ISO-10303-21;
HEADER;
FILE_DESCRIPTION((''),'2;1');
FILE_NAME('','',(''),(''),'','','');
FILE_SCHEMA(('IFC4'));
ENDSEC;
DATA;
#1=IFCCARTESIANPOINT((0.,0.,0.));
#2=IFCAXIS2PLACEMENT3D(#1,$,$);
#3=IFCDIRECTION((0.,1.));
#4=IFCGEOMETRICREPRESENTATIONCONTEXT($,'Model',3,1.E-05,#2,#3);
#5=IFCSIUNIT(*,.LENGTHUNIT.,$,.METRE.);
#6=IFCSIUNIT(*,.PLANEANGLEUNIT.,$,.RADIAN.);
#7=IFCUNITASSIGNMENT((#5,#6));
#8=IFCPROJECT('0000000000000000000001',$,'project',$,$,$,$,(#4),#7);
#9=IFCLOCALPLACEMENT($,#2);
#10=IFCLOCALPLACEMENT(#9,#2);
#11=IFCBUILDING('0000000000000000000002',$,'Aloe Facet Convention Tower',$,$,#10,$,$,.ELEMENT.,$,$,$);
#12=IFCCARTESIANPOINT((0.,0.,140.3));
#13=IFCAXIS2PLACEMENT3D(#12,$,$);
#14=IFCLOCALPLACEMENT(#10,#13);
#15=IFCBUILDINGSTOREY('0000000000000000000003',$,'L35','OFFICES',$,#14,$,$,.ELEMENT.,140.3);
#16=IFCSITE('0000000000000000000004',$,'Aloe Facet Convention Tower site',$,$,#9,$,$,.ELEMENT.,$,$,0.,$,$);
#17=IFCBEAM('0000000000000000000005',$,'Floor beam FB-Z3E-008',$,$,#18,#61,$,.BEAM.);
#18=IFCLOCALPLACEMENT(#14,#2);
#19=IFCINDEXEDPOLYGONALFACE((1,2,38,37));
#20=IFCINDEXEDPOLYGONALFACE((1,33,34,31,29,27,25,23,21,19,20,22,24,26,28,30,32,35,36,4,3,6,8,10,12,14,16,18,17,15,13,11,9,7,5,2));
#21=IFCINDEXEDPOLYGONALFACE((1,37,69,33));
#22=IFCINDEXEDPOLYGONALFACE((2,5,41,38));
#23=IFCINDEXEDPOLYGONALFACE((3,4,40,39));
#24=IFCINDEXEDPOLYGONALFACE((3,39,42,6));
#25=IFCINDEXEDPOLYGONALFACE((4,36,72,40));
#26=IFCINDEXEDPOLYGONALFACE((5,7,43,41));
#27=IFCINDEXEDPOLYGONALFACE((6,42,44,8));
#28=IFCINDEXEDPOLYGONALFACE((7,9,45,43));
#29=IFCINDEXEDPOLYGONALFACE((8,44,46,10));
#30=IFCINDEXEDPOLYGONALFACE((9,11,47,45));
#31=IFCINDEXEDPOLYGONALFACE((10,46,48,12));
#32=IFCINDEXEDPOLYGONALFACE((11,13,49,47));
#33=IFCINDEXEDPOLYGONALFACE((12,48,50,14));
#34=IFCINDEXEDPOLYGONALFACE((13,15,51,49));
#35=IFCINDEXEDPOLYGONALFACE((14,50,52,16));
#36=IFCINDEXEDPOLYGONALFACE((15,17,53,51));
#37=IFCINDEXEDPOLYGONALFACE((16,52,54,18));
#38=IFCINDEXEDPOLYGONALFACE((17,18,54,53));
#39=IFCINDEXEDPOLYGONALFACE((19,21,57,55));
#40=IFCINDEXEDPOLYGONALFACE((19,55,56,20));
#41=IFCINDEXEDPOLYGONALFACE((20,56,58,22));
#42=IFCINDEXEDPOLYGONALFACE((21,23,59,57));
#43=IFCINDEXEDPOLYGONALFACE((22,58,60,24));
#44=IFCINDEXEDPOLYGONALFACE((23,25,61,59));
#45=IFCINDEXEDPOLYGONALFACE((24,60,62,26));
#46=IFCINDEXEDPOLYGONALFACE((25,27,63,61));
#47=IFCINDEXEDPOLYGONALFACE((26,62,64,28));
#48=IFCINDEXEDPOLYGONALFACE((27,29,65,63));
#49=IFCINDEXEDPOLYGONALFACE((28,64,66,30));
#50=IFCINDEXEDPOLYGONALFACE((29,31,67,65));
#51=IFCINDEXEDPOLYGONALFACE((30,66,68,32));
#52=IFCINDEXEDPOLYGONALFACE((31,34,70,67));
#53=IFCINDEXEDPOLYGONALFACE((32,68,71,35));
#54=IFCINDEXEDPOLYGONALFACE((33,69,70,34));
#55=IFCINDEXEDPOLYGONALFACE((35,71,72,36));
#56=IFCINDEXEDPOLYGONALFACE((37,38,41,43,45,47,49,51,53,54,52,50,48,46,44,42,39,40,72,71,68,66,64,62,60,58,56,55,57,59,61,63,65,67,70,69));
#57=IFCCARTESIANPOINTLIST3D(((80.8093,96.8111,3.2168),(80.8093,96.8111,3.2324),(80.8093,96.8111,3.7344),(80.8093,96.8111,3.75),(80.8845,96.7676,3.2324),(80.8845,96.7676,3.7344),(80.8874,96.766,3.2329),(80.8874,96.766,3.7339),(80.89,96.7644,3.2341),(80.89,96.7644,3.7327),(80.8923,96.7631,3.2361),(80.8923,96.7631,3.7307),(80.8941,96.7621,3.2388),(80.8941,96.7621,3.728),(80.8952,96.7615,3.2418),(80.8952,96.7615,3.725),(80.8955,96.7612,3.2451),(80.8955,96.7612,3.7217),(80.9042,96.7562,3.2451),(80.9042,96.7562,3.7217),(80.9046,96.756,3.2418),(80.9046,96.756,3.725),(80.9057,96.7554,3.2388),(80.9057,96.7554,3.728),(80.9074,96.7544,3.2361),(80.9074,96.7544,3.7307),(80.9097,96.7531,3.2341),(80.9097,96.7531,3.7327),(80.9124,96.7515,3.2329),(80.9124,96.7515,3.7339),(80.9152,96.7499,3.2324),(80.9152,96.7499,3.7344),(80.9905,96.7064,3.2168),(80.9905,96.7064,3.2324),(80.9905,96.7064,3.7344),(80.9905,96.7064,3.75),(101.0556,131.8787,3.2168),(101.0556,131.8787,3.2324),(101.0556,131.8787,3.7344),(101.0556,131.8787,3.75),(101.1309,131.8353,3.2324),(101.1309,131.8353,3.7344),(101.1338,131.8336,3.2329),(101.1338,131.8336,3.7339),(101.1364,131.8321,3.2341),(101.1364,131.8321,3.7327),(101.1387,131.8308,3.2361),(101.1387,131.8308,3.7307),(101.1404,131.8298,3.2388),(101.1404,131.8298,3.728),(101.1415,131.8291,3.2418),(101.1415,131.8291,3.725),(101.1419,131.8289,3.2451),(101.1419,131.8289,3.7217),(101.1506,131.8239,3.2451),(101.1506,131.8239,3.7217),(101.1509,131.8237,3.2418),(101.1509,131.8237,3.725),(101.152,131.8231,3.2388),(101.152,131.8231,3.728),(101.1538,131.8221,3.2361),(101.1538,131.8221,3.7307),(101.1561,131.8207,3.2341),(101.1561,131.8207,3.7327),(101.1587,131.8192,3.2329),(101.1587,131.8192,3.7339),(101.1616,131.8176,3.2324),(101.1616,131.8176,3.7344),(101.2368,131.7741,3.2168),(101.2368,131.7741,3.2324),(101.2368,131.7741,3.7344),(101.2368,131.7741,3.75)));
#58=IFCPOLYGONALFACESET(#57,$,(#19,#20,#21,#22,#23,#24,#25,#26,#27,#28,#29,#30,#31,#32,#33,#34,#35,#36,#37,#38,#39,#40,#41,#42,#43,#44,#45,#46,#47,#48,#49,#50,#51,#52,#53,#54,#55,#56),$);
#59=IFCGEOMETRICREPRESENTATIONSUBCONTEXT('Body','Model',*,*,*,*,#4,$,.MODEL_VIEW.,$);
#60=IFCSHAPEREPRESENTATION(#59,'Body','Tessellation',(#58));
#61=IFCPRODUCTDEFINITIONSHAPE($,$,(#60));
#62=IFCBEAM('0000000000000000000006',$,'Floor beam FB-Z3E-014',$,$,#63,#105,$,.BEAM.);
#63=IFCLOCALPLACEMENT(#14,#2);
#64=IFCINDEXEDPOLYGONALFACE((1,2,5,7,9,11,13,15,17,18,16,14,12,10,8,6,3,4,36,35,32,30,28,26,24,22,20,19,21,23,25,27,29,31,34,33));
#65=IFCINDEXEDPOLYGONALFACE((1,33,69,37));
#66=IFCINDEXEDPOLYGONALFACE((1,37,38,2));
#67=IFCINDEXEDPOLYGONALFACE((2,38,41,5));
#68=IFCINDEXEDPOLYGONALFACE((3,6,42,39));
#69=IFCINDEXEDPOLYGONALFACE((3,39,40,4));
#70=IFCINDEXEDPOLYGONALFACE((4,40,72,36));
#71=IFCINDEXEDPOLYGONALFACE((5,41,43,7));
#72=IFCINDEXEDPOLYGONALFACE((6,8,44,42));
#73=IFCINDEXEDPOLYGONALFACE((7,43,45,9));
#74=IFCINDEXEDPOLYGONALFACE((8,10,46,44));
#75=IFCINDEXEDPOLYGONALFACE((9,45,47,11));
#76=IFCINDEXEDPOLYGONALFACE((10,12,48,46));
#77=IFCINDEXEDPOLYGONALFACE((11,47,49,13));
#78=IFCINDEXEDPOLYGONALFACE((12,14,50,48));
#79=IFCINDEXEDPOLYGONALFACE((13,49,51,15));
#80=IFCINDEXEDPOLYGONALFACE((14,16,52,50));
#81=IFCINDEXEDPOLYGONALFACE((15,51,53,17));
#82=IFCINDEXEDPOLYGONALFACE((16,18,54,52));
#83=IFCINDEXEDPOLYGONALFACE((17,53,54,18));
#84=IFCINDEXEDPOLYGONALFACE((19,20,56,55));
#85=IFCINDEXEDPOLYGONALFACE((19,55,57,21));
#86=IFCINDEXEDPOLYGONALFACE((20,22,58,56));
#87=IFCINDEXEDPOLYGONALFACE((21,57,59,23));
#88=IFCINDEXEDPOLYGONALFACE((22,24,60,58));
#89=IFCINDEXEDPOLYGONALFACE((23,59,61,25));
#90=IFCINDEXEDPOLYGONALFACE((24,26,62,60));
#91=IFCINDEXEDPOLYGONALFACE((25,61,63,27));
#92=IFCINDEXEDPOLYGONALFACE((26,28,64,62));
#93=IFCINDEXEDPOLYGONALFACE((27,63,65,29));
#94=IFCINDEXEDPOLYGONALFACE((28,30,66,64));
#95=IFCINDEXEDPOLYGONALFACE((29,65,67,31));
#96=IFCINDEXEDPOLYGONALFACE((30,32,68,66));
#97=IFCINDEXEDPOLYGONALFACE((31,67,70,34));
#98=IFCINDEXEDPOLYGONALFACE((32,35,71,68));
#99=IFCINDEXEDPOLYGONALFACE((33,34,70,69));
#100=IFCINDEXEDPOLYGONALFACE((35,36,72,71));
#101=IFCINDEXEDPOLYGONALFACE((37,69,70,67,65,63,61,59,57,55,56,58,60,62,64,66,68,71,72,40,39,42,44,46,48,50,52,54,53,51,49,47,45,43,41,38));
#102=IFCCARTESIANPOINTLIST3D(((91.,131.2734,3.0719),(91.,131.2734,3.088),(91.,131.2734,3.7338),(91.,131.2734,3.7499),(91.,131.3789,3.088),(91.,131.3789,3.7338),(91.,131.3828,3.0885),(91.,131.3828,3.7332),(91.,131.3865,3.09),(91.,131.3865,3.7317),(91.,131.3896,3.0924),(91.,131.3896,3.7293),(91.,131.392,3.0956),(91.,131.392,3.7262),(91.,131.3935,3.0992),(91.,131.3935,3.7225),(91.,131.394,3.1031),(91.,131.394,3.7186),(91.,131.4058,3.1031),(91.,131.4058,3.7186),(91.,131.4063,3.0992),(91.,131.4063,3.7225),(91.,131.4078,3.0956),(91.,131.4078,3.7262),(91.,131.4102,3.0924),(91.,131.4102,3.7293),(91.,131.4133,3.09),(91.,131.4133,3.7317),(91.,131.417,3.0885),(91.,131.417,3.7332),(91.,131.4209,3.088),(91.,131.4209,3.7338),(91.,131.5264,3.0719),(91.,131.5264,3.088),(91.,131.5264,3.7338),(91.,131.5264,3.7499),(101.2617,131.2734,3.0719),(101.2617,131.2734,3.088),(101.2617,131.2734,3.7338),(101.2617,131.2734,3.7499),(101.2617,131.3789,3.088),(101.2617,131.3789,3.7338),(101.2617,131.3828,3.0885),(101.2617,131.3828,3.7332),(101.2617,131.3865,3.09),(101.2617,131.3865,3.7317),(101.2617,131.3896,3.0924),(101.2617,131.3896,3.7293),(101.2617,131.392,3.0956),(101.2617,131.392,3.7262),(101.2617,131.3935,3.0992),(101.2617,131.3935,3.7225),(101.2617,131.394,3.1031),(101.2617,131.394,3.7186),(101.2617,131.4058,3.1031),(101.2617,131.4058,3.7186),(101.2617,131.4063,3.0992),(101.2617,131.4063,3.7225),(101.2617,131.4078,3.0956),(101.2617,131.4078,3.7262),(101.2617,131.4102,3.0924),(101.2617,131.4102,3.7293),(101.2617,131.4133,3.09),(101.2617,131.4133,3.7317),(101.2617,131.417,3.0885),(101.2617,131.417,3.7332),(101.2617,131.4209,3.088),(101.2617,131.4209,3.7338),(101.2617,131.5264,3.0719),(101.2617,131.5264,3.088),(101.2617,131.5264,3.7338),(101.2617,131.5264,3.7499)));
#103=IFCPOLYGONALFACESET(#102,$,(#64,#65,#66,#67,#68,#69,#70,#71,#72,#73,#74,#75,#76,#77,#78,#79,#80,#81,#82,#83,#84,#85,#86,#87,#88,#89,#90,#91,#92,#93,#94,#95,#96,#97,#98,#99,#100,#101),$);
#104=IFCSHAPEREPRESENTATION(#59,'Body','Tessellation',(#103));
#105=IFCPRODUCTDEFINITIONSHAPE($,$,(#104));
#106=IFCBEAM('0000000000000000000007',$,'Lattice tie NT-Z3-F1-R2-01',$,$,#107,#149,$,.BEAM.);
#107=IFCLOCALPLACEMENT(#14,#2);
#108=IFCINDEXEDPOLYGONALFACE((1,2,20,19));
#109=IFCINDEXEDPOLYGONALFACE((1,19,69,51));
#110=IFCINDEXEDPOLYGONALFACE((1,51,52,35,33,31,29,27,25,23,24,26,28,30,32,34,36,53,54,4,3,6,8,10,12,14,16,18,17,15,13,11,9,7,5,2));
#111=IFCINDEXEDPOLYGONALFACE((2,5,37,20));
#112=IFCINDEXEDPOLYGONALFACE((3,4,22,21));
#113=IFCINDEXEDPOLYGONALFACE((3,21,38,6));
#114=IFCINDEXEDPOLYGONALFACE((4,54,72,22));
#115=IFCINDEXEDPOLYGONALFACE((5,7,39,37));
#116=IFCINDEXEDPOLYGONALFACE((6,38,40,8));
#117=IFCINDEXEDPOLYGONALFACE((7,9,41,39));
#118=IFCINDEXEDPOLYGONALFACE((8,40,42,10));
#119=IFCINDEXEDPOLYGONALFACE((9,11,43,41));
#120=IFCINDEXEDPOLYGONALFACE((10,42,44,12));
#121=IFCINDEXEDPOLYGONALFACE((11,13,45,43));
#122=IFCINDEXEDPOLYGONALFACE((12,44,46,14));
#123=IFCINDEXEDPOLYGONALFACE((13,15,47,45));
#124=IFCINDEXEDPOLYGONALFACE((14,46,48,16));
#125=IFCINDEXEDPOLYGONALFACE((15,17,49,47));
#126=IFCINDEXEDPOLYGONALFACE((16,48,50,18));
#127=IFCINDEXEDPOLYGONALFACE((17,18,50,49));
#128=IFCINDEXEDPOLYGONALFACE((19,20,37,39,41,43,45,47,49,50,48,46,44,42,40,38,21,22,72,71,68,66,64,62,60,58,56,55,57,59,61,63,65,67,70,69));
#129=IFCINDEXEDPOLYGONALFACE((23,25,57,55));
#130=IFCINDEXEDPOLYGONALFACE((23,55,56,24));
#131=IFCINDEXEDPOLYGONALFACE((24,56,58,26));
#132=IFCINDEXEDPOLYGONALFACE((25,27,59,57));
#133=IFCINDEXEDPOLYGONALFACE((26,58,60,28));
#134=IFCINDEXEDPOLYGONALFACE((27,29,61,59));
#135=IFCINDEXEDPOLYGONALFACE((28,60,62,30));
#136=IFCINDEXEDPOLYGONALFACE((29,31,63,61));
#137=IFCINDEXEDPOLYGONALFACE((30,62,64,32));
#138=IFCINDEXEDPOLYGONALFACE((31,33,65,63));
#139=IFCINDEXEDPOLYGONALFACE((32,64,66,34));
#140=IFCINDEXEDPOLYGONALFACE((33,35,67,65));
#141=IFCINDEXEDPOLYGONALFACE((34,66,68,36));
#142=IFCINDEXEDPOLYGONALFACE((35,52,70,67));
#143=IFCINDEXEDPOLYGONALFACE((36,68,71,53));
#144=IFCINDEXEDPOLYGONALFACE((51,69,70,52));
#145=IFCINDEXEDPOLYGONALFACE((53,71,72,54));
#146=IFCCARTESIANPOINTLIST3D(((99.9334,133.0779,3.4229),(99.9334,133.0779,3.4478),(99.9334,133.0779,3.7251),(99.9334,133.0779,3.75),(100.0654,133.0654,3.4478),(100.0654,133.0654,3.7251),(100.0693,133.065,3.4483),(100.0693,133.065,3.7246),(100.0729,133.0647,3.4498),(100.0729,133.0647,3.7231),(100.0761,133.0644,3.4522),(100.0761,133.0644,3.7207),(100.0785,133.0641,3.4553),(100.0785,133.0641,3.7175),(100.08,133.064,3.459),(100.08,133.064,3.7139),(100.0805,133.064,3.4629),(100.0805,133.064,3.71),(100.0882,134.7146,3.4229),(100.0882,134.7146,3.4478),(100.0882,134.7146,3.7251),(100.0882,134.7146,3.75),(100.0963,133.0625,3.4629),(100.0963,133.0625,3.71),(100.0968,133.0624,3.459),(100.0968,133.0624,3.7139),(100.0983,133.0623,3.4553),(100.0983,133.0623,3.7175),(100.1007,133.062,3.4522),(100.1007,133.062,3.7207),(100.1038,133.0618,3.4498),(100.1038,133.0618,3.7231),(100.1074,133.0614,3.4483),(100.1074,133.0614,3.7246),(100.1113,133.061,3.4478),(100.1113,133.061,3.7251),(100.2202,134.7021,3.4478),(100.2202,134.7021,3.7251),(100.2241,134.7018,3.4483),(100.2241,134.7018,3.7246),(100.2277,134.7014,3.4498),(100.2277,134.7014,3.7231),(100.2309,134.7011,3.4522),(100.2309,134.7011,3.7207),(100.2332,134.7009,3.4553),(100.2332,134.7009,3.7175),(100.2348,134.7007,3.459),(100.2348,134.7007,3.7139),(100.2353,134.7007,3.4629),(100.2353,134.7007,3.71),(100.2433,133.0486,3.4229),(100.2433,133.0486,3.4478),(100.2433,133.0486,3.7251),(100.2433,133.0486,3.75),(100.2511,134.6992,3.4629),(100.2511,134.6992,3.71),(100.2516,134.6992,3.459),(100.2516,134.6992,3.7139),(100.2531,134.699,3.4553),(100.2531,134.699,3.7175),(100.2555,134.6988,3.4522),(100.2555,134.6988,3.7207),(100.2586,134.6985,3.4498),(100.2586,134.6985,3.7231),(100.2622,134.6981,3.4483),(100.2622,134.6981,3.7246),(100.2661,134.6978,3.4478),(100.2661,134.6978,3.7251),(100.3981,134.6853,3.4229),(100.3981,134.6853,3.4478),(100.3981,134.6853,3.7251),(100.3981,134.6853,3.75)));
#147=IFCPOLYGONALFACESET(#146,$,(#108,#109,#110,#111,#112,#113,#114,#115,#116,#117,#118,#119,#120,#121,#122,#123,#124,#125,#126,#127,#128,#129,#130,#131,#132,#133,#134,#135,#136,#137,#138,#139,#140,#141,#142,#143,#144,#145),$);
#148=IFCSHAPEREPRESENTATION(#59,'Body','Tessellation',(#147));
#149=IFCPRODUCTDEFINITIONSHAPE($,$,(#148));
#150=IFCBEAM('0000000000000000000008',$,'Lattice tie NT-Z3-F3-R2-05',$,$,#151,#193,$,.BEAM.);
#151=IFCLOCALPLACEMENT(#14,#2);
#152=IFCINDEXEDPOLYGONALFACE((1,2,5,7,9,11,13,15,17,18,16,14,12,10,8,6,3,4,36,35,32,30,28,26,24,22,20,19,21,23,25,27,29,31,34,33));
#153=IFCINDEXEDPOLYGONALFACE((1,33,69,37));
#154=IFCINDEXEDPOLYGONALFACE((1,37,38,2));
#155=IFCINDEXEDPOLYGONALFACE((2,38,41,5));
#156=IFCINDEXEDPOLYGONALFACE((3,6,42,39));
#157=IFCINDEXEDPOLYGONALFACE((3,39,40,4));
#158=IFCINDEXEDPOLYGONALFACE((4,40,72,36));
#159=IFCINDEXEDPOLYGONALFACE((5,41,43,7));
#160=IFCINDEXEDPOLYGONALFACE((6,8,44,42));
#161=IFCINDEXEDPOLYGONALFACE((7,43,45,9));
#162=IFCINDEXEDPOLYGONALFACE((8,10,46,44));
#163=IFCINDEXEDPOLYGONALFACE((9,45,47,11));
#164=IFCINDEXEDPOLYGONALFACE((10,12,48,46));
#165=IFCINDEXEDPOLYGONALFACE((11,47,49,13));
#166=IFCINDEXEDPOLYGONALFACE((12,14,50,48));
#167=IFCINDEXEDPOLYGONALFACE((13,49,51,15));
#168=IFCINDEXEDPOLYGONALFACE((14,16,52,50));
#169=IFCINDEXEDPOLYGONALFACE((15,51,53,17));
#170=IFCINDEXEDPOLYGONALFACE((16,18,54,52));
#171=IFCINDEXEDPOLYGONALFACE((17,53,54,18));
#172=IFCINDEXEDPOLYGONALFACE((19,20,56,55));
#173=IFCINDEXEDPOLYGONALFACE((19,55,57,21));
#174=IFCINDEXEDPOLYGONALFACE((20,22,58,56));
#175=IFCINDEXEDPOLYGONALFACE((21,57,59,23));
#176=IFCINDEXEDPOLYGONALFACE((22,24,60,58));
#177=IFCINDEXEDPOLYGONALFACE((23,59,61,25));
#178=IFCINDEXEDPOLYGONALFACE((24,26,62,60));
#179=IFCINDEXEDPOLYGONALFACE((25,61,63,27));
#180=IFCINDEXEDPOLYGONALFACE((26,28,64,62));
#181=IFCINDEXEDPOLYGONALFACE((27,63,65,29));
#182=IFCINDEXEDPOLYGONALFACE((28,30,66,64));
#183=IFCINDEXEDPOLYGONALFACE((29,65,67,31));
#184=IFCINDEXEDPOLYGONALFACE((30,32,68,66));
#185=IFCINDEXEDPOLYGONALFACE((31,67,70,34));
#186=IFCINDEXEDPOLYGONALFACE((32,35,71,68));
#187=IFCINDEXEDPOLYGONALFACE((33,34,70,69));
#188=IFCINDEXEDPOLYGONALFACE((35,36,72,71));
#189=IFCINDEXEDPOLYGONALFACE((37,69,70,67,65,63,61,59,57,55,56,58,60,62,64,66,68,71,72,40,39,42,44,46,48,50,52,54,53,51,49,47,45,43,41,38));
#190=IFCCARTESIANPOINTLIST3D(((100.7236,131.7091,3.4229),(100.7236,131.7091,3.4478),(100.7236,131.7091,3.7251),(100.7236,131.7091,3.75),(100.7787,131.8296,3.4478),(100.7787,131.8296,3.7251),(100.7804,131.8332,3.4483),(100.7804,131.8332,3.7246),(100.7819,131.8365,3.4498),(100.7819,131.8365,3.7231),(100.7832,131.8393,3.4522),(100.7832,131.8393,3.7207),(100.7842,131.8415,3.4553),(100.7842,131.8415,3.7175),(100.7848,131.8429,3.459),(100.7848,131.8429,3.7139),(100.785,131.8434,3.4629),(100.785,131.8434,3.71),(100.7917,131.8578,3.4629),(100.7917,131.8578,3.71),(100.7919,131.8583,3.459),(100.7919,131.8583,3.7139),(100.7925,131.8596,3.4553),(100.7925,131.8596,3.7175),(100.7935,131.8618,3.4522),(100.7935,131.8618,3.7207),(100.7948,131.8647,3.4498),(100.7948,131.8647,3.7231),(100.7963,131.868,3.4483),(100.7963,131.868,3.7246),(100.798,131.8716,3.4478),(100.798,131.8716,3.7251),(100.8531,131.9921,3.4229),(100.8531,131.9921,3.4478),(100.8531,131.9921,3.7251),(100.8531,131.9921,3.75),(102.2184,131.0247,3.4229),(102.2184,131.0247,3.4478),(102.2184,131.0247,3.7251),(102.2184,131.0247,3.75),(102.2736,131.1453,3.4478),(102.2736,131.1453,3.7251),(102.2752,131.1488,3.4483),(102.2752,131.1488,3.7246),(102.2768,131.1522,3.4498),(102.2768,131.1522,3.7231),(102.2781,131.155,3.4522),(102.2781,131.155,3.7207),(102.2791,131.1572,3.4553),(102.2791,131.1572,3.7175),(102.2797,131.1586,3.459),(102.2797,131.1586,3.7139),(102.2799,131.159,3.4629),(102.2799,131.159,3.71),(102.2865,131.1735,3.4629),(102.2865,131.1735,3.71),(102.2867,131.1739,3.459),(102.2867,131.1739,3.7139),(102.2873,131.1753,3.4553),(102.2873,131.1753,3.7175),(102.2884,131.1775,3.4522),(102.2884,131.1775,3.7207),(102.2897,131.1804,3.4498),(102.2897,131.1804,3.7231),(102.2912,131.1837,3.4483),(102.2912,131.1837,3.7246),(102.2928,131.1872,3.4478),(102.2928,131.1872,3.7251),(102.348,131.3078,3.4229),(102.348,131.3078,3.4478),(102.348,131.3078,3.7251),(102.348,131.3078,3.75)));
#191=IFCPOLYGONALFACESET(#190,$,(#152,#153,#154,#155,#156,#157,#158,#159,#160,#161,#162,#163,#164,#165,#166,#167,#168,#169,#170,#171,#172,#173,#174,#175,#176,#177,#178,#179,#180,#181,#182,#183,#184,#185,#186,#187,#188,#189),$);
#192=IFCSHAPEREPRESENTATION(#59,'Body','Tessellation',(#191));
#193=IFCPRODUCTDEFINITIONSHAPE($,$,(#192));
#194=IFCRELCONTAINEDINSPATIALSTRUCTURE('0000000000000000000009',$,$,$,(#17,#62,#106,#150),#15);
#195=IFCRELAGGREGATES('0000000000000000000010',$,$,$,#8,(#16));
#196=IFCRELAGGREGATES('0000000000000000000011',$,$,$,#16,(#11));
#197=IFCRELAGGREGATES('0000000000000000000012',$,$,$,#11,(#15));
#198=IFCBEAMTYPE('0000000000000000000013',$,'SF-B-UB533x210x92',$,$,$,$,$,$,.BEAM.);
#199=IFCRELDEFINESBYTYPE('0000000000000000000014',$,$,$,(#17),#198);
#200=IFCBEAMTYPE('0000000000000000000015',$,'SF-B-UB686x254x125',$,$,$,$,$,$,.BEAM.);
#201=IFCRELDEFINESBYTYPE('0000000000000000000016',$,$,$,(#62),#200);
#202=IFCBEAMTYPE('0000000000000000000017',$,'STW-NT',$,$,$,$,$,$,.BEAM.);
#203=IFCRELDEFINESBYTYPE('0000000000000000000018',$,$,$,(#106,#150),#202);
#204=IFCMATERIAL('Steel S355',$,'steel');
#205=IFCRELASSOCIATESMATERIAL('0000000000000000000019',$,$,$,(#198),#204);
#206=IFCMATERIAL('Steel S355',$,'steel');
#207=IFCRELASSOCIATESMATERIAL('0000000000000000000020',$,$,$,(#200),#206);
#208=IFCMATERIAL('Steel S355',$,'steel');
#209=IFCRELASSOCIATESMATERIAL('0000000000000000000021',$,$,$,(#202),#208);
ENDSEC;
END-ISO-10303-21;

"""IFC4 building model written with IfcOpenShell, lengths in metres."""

from ifc_helpers import new_model, si_unit, direction, frame, origin, origin_2d, place, context, subcontext, project, spatial, i_section, extrude, material, material_profile, profile_set, type_object, element, save


model = new_model("IFC4")

# Units and contexts
model_context = context("Model", 3, precision=1e-05, world=origin(), true_north=direction((0.0, 1.0)))
body_context = subcontext(model_context, "Body", "Model", "MODEL_VIEW")
ifc_project = project(units=[si_unit("LENGTHUNIT", "METRE"), si_unit("PLANEANGLEUNIT", "RADIAN")], contexts=[model_context])

# Site, building, storey
site_placement = place(None, origin())
site = spatial("IfcSite", under=ifc_project, at=site_placement, Name="Aloe Facet Convention Tower site", CompositionType="ELEMENT", RefElevation=0.0)
building_placement = place(site_placement, origin())
building = spatial("IfcBuilding", under=site, at=building_placement, Name="Aloe Facet Convention Tower", CompositionType="ELEMENT")
storey_placement = place(building_placement, frame((0.0, 0.0, 140.3)))
storey = spatial("IfcBuildingStorey", under=building, at=storey_placement, Name="L35", Description="OFFICES", CompositionType="ELEMENT", Elevation=140.3)

# Beams
ifc_material_1 = material(Name="Steel S355", Category="steel")
ifc_material_profile_1 = material_profile(ifc_material_1, i_section(OverallWidth=0.2092, OverallDepth=0.5332, WebThickness=0.01, FlangeThickness=0.0156, FilletRadius=0.0127, at=origin_2d()), Name="UB 533x210x92")
ifc_profile_set_1 = profile_set([ifc_material_profile_1], Name="Steel S355")
beam_type_1 = type_object("IfcBeamType", Name="SF-B-UB533x210x92", PredefinedType="BEAM", material=ifc_profile_set_1)
beam_1_placement = place(storey_placement, frame((101.1462, 131.8264, 3.4834), z_axis=(-0.500001, -0.866025, 0.0), x_axis=(0.866025, -0.500001, 0.0)))
element("IfcBeam", 1, at=beam_1_placement, inside=storey, type_object=beam_type_1, Name="Floor beam FB-Z3E-008", PredefinedType="BEAM", context=body_context, shape_type="SweptSolid", body=[
    extrude(i_section(OverallWidth=0.2092, OverallDepth=0.5332, WebThickness=0.01, FlangeThickness=0.0156, FilletRadius=0.0127, at=origin_2d()), origin(), (0.0, 0.0, 1.0), 40.4927),
])
ifc_material_2 = material(Name="Steel S355", Category="steel")
ifc_material_profile_2 = material_profile(ifc_material_2, i_section(OverallWidth=0.2529, OverallDepth=0.678, WebThickness=0.0117, FlangeThickness=0.0161, FilletRadius=0.0151, at=origin_2d()), Name="UB 686x254x125")
ifc_profile_set_2 = profile_set([ifc_material_profile_2], Name="Steel S355")
beam_type_2 = type_object("IfcBeamType", Name="SF-B-UB686x254x125", PredefinedType="BEAM", material=ifc_profile_set_2)
beam_2_placement = place(storey_placement, frame((91.0, 131.3999, 3.4109), z_axis=(1.0, 0.0, 0.0), x_axis=(0.0, 1.0, 0.0)))
element("IfcBeam", 2, at=beam_2_placement, inside=storey, type_object=beam_type_2, Name="Floor beam FB-Z3E-014", PredefinedType="BEAM", context=body_context, shape_type="SweptSolid", body=[
    extrude(i_section(OverallWidth=0.2529, OverallDepth=0.678, WebThickness=0.0117, FlangeThickness=0.0161, FilletRadius=0.0151, at=origin_2d()), origin(), (0.0, 0.0, 1.0), 10.2617),
])
ifc_material_3 = material(Name="Steel S355", Category="steel")
ifc_material_profile_3 = material_profile(ifc_material_3, i_section(OverallWidth=0.3113, OverallDepth=0.3271, WebThickness=0.0159, FlangeThickness=0.0249, FilletRadius=0.0151, at=origin_2d()), Name="UC 305x305x158")
ifc_profile_set_3 = profile_set([ifc_material_profile_3], Name="Steel S355")
beam_type_3 = type_object("IfcBeamType", Name="STW-NT", PredefinedType="BEAM", material=ifc_profile_set_3)
for number, where, z_axis, x_axis, name in (
    (3, (100.2432, 134.7, 3.5864), (-0.09415, -0.995558, 0.0), (0.995558, -0.09415, 0.0), "Lattice tie NT-Z3-F1-R2-01"),
    (4, (102.2832, 131.1663, 3.5864), (-0.909255, 0.41624, 0.0), (-0.41624, -0.909255, 0.0), "Lattice tie NT-Z3-F3-R2-05"),
):
    element("IfcBeam", number, at=place(storey_placement, frame(where, z_axis=z_axis, x_axis=x_axis)), inside=storey, type_object=beam_type_3, Name=name, PredefinedType="BEAM", context=body_context, shape_type="SweptSolid", body=[
        extrude(i_section(OverallWidth=0.3113, OverallDepth=0.3271, WebThickness=0.0159, FlangeThickness=0.0249, FilletRadius=0.0151, at=origin_2d()), origin(), (0.0, 0.0, 1.0), 1.644),
    ])

save(model, "model.ifc")
